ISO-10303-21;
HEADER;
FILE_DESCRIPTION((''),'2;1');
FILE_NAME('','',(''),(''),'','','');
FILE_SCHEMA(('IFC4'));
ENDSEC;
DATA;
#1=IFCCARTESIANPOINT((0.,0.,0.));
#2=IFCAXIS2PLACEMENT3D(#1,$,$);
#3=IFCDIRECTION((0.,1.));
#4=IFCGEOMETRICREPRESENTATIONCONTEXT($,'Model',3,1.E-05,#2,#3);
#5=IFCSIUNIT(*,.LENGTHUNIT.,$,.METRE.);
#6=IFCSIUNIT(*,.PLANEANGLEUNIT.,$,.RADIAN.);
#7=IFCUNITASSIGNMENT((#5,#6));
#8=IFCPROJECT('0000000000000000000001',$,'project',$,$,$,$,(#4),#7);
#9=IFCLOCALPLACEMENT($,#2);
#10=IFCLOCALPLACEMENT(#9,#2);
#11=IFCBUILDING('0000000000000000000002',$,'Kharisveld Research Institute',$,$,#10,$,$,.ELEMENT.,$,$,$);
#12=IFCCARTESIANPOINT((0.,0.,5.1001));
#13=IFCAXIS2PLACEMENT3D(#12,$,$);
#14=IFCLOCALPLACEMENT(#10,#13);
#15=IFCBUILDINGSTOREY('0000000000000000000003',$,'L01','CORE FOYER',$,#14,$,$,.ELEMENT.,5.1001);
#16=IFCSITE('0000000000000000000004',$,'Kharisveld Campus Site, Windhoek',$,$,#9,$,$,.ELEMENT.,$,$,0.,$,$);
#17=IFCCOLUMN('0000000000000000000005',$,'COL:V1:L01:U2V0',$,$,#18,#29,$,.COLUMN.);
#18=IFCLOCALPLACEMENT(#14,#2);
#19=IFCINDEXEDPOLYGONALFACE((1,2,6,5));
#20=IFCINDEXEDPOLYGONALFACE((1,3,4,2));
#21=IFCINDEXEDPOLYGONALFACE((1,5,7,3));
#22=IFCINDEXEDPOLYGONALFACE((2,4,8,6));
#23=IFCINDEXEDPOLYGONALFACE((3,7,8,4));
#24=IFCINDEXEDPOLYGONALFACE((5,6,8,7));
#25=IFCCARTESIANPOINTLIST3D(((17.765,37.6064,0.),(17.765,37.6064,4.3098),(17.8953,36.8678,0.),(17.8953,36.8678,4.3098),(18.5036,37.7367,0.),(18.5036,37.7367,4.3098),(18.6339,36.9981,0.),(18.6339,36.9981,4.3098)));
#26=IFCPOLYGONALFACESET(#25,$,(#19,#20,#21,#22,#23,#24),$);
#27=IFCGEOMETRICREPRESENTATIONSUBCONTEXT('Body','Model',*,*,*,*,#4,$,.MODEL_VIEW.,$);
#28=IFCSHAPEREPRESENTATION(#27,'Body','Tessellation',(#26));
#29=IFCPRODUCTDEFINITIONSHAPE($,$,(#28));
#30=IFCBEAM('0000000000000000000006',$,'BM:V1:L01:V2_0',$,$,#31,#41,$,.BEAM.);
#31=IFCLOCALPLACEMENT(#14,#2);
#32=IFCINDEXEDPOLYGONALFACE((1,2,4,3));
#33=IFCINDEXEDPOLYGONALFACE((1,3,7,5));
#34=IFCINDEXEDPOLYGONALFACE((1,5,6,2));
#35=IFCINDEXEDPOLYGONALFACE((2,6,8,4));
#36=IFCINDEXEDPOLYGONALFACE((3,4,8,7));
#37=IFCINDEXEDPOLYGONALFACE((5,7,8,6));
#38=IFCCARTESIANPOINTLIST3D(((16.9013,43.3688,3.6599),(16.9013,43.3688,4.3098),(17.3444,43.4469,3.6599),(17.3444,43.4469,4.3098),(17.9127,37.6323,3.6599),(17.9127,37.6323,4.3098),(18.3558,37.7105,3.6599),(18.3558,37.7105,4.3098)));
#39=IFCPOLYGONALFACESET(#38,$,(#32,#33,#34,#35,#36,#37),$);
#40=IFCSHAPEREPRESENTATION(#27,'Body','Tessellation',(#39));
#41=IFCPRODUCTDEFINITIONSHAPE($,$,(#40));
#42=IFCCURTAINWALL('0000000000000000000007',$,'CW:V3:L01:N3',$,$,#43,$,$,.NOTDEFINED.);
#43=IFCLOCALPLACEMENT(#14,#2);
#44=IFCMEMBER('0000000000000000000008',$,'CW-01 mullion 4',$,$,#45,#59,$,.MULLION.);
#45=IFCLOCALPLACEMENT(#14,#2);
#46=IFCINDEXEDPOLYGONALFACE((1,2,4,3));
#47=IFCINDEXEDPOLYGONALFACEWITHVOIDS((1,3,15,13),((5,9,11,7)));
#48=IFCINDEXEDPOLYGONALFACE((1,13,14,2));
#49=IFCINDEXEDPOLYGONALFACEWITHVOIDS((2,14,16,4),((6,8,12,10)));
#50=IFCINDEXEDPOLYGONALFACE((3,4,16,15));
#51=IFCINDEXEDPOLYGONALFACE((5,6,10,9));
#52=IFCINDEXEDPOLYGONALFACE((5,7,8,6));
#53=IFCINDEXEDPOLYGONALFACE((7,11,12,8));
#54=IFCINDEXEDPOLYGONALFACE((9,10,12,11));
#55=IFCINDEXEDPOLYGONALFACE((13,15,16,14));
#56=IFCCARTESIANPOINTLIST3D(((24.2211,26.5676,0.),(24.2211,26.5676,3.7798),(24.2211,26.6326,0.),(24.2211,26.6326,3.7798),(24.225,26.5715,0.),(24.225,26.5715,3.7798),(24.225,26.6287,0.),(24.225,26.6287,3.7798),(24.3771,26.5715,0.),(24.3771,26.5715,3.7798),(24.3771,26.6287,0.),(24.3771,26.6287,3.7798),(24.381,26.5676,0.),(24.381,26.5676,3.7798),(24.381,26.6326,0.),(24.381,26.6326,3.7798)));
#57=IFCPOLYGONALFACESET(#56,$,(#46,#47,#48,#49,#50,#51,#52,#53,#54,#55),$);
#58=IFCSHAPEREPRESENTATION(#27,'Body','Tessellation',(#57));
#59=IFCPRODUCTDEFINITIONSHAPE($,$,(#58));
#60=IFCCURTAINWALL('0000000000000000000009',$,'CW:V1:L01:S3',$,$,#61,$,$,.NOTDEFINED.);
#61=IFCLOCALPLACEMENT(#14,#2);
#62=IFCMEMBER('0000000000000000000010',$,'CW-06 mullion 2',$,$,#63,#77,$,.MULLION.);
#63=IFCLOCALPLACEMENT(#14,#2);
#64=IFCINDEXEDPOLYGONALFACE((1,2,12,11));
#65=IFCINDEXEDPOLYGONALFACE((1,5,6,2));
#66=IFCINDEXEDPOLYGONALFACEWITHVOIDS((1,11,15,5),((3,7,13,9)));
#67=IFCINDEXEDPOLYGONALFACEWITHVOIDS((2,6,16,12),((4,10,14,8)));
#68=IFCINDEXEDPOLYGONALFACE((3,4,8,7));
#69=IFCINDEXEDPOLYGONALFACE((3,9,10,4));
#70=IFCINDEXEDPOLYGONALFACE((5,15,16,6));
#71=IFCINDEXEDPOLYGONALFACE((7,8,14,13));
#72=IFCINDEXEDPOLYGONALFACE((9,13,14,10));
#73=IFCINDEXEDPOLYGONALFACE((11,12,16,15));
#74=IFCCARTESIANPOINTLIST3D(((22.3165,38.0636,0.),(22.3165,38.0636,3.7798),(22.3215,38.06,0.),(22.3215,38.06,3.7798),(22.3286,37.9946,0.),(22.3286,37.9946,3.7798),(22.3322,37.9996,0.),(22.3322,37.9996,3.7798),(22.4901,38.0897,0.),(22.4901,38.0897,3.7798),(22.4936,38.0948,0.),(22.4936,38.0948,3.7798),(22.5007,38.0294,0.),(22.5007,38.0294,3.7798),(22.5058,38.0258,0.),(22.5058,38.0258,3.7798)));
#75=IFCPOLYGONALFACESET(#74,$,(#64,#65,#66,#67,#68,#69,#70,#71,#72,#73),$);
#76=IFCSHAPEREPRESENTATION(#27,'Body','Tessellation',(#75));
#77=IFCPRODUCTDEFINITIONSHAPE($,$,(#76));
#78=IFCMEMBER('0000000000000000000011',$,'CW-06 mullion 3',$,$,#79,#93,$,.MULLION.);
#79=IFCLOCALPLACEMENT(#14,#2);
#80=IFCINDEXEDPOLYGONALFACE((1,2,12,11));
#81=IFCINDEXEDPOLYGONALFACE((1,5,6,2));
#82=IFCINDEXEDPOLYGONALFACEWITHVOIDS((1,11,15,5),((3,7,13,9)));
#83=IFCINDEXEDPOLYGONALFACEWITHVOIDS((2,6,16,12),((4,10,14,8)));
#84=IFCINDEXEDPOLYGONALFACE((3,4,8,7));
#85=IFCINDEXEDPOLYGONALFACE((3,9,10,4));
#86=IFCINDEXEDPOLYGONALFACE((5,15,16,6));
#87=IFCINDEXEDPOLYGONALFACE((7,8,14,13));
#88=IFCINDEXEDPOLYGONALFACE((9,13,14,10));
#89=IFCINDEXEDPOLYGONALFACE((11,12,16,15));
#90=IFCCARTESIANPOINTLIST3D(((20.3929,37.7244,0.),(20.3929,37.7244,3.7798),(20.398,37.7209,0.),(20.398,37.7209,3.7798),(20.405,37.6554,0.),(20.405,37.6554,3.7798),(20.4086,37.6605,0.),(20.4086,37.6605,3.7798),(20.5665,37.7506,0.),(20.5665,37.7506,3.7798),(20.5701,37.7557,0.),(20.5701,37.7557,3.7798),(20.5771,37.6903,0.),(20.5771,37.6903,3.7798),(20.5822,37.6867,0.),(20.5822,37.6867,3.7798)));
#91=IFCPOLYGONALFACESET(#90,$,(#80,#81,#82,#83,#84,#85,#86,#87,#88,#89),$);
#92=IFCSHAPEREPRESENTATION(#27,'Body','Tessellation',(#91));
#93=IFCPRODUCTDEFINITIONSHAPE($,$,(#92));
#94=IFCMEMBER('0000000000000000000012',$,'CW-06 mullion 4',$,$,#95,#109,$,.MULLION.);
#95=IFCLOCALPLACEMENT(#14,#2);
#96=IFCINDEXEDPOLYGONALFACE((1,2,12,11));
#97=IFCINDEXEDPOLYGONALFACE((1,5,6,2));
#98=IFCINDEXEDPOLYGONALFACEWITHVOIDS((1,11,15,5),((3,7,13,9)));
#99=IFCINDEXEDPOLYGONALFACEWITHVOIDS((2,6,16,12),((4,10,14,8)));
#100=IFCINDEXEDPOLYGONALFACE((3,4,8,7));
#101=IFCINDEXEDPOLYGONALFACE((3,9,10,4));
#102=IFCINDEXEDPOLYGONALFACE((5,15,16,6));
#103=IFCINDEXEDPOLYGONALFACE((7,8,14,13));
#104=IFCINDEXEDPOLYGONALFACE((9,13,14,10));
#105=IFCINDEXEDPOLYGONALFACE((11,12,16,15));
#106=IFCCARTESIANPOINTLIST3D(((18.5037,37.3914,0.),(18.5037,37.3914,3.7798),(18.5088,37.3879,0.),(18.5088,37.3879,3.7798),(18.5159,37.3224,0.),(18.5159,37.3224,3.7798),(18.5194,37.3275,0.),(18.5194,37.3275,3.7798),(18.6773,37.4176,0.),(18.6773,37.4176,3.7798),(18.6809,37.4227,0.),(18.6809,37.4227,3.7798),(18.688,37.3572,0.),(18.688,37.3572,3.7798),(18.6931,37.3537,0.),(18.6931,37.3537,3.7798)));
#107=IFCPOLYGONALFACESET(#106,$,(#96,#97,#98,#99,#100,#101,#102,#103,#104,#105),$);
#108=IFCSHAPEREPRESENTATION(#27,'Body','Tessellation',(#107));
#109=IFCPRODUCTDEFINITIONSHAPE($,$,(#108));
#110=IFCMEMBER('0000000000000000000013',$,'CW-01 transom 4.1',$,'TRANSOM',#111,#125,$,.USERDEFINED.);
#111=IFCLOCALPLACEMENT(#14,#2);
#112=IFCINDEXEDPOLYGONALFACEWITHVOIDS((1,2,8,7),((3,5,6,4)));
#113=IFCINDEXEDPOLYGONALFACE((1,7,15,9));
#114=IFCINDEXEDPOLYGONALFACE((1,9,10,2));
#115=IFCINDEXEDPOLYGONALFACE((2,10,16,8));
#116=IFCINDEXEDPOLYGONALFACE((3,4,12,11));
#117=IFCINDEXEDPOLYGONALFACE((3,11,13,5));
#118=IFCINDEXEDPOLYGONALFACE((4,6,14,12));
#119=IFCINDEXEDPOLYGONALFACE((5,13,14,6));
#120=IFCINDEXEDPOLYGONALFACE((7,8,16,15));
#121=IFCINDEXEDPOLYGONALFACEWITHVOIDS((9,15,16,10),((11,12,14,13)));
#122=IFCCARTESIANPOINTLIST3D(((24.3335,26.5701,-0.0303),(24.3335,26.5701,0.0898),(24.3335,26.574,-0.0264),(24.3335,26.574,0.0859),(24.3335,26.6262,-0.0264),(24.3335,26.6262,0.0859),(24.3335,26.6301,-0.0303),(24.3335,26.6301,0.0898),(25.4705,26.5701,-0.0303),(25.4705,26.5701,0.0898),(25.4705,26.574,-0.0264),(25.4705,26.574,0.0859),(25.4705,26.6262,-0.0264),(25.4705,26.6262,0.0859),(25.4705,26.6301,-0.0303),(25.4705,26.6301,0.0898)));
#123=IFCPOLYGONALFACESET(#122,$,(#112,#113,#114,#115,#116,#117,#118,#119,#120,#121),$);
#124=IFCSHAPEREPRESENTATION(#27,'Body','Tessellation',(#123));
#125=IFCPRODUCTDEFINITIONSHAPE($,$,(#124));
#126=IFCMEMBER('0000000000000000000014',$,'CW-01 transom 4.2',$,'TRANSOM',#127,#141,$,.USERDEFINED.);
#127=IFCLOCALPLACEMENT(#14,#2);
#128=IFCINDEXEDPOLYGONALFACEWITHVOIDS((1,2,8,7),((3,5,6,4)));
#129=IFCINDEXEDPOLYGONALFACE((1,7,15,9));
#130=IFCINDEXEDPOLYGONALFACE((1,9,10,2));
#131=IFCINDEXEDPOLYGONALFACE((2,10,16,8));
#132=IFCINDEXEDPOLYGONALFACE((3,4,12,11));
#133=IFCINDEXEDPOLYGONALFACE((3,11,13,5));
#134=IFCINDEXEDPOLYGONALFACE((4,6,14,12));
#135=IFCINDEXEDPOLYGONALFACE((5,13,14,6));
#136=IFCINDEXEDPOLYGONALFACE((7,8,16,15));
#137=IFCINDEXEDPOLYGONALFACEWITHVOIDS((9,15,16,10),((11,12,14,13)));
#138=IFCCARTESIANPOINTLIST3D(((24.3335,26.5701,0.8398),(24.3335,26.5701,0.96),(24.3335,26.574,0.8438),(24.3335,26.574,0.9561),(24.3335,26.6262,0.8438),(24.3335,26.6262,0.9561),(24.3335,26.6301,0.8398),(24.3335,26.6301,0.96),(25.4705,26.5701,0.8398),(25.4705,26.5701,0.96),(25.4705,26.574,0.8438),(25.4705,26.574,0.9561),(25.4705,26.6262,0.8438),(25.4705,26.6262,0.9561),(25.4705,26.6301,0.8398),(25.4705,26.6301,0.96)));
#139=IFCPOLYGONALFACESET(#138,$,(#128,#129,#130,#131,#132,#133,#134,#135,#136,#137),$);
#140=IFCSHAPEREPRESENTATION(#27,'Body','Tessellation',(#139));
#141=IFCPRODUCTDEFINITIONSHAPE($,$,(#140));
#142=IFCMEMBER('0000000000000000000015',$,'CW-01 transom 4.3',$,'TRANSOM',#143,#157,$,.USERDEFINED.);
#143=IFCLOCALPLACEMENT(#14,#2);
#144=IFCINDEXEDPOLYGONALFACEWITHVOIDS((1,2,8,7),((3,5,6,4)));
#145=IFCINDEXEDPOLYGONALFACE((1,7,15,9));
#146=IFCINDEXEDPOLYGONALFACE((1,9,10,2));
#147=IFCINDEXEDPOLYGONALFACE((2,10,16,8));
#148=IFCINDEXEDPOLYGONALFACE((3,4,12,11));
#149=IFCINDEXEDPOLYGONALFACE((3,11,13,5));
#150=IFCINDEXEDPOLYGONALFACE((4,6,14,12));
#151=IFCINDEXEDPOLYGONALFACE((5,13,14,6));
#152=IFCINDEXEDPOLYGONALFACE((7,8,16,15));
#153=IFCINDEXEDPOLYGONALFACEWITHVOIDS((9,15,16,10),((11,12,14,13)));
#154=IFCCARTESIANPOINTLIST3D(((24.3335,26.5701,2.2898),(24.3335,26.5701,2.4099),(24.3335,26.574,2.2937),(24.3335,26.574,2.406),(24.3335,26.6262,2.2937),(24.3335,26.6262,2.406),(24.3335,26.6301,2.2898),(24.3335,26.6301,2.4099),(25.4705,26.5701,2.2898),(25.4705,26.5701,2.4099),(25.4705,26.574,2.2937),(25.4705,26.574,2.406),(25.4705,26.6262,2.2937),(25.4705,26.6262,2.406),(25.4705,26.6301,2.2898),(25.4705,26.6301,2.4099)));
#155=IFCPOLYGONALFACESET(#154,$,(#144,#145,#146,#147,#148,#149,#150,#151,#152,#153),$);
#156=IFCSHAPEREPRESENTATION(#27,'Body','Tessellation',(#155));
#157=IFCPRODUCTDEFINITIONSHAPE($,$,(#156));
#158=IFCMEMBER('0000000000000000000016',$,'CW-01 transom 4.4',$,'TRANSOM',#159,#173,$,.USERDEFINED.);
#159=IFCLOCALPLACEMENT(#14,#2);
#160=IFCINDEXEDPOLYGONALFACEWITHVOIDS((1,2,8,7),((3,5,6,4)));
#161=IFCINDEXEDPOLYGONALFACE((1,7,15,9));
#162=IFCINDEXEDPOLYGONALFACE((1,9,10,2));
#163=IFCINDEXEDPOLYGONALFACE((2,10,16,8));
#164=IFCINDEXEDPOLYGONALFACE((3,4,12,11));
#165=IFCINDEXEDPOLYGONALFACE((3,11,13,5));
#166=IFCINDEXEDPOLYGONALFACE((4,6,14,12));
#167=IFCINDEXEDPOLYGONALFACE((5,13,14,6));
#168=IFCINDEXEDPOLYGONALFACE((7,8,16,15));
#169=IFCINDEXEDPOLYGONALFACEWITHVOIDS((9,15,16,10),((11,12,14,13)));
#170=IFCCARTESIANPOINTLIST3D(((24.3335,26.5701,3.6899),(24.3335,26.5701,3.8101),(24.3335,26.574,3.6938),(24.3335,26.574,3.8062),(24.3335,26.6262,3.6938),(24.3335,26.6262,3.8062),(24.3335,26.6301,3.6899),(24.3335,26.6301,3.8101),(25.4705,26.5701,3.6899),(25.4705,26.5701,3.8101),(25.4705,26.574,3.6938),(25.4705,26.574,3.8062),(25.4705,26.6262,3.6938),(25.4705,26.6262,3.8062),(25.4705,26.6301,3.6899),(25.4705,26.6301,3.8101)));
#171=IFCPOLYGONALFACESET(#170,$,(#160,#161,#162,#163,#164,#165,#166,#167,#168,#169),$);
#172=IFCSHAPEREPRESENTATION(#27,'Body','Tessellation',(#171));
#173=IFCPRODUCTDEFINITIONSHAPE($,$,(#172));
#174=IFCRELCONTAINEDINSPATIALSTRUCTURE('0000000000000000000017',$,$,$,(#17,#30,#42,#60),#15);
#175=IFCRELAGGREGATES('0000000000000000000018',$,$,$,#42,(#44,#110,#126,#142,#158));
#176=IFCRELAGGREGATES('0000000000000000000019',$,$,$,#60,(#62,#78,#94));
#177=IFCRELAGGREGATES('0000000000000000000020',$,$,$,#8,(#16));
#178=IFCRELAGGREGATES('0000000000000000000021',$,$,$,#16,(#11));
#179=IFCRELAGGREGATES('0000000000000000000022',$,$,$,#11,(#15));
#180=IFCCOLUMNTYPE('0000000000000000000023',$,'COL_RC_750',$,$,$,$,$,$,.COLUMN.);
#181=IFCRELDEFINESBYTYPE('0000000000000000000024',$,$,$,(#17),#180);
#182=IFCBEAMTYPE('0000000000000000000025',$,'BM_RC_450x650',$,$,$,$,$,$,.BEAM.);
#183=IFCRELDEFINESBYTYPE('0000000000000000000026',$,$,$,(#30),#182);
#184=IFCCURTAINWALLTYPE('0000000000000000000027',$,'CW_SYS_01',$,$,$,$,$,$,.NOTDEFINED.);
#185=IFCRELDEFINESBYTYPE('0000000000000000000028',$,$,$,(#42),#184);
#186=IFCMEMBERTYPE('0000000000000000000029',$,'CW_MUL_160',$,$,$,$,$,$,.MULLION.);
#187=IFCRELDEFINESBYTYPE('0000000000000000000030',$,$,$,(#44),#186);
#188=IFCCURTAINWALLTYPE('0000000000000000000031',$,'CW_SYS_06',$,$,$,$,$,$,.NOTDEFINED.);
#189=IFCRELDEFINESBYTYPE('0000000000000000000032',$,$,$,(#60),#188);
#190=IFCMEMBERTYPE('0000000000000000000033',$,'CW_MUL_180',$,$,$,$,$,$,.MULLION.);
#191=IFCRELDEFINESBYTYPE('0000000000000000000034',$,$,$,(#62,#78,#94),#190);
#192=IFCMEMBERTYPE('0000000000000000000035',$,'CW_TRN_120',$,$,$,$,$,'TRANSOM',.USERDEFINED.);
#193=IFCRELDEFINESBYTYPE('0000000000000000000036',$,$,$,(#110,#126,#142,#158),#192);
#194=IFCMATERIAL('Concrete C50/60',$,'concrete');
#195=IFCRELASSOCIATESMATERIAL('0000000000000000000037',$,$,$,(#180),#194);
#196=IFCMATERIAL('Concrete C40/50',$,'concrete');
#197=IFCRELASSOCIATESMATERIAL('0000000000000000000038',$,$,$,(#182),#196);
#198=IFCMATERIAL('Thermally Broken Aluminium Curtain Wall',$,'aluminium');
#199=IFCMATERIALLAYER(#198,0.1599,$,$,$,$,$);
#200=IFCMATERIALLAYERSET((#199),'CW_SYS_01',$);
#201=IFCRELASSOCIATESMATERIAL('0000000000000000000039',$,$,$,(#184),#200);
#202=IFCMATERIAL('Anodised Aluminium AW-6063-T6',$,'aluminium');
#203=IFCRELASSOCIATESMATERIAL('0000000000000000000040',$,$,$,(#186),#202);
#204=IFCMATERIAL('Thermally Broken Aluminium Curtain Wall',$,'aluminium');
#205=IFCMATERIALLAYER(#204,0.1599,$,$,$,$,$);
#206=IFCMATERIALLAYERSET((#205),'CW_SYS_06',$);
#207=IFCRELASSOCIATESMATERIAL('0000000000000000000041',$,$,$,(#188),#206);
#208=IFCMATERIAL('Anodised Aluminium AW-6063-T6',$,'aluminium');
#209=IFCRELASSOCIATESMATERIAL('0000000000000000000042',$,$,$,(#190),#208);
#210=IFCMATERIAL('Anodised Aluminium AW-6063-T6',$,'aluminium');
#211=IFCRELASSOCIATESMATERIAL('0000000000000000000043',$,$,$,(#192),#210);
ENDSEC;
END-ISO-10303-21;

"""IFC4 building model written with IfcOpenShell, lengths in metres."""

from ifc_helpers import new_model, si_unit, direction, frame, origin, origin_2d, place, context, subcontext, project, spatial, rectangle, hollow_rectangle, extrude, material, layer, layer_set, material_profile, profile_set, type_object, element, aggregate, save


model = new_model("IFC4")

# Units and contexts
model_context = context("Model", 3, precision=1e-05, world=origin(), true_north=direction((0.0, 1.0)))
body_context = subcontext(model_context, "Body", "Model", "MODEL_VIEW")
ifc_project = project(units=[si_unit("LENGTHUNIT", "METRE"), si_unit("PLANEANGLEUNIT", "RADIAN")], contexts=[model_context])

# Site, building, storey
site_placement = place(None, origin())
site = spatial("IfcSite", under=ifc_project, at=site_placement, Name="Kharisveld Campus Site, Windhoek", CompositionType="ELEMENT", RefElevation=0.0)
building_placement = place(site_placement, origin())
building = spatial("IfcBuilding", under=site, at=building_placement, Name="Kharisveld Research Institute", CompositionType="ELEMENT")
storey_placement = place(building_placement, frame((0.0, 0.0, 5.1001)))
storey = spatial("IfcBuildingStorey", under=building, at=storey_placement, Name="L01", Description="CORE FOYER", CompositionType="ELEMENT", Elevation=5.1001)

# Column
ifc_material_1 = material(Name="Concrete C50/60", Category="concrete")
ifc_material_profile_1 = material_profile(ifc_material_1, rectangle(XDim=0.75, YDim=0.75, at=origin_2d()))
ifc_profile_set_1 = profile_set([ifc_material_profile_1], Name="Concrete C50/60")
column_type = type_object("IfcColumnType", Name="COL_RC_750", PredefinedType="COLUMN", material=ifc_profile_set_1)
column_placement = place(storey_placement, frame((18.1995, 37.3022, 0.0), z_axis=(0.0, 0.0, 1.0), x_axis=(0.984808, 0.173648, 0.0)))
element("IfcColumn", 1, at=column_placement, inside=storey, type_object=column_type, Name="COL:V1:L01:U2V0", PredefinedType="COLUMN", context=body_context, shape_type="SweptSolid", body=[
    extrude(rectangle(XDim=0.75, YDim=0.75, at=origin_2d()), origin(), (0.0, 0.0, 1.0), 4.3098),
])

# Beam
ifc_material_2 = material(Name="Concrete C40/50", Category="concrete")
ifc_material_profile_2 = material_profile(ifc_material_2, rectangle(XDim=0.45, YDim=0.6499, at=origin_2d()))
ifc_profile_set_2 = profile_set([ifc_material_profile_2], Name="Concrete C40/50")
beam_type_1 = type_object("IfcBeamType", Name="BM_RC_450x650", PredefinedType="BEAM", material=ifc_profile_set_2)
beam_1_placement = place(storey_placement, frame((18.1343, 37.6714, 3.9849), z_axis=(-0.173642, 0.984809, 0.0), x_axis=(-0.984809, -0.173642, 0.0)))
element("IfcBeam", 2, at=beam_1_placement, inside=storey, type_object=beam_type_1, Name="BM:V1:L01:V2_0", PredefinedType="BEAM", context=body_context, shape_type="SweptSolid", body=[
    extrude(rectangle(XDim=0.45, YDim=0.6499, at=origin_2d()), origin(), (0.0, 0.0, 1.0), 5.825),
])

# Curtain wall, member
ifc_material_3 = material(Name="Thermally Broken Aluminium Curtain Wall", Category="aluminium")
ifc_layer_1 = layer(ifc_material_3, 0.1599)
ifc_layer_set_1 = layer_set([ifc_layer_1], Name="CW_SYS_01")
curtain_wall_type_1 = type_object("IfcCurtainWallType", Name="CW_SYS_01", PredefinedType="NOTDEFINED", material=ifc_layer_set_1)
curtain_wall_1_placement = place(storey_placement, origin())
curtain_wall_1 = element("IfcCurtainWall", 3, at=curtain_wall_1_placement, inside=storey, type_object=curtain_wall_type_1, Name="CW:V3:L01:N3", PredefinedType="NOTDEFINED")
ifc_material_4 = material(Name="Anodised Aluminium AW-6063-T6", Category="aluminium")
ifc_material_profile_3 = material_profile(ifc_material_4, hollow_rectangle(XDim=0.0649, YDim=0.1599, WallThickness=0.0039, at=origin_2d()))
ifc_profile_set_3 = profile_set([ifc_material_profile_3], Name="Anodised Aluminium AW-6063-T6")
member_type_1 = type_object("IfcMemberType", Name="CW_MUL_160", PredefinedType="MULLION", material=ifc_profile_set_3)
member_1_placement = place(storey_placement, frame((24.301, 26.6001, 0.0), z_axis=(0.0, 0.0, 1.0), x_axis=(0.0, 1.0, 0.0)))
member_1 = element("IfcMember", 4, at=member_1_placement, type_object=member_type_1, Name="CW-01 mullion 4", PredefinedType="MULLION", context=body_context, shape_type="SweptSolid", body=[
    extrude(hollow_rectangle(XDim=0.0649, YDim=0.1599, WallThickness=0.0039, at=origin_2d()), origin(), (0.0, 0.0, 1.0), 3.7798),
])

# Curtain wall, members
ifc_material_5 = material(Name="Thermally Broken Aluminium Curtain Wall", Category="aluminium")
ifc_layer_2 = layer(ifc_material_5, 0.1599)
ifc_layer_set_2 = layer_set([ifc_layer_2], Name="CW_SYS_06")
curtain_wall_type_2 = type_object("IfcCurtainWallType", Name="CW_SYS_06", PredefinedType="NOTDEFINED", material=ifc_layer_set_2)
curtain_wall_2_placement = place(storey_placement, origin())
curtain_wall_2 = element("IfcCurtainWall", 5, at=curtain_wall_2_placement, inside=storey, type_object=curtain_wall_type_2, Name="CW:V1:L01:S3", PredefinedType="NOTDEFINED")
ifc_material_6 = material(Name="Anodised Aluminium AW-6063-T6", Category="aluminium")
ifc_material_profile_4 = material_profile(ifc_material_6, hollow_rectangle(XDim=0.0701, YDim=0.1799, WallThickness=0.0044, at=origin_2d()))
ifc_profile_set_4 = profile_set([ifc_material_profile_4], Name="Anodised Aluminium AW-6063-T6")
member_type_2 = type_object("IfcMemberType", Name="CW_MUL_180", PredefinedType="MULLION", material=ifc_profile_set_4)
member_2_placement = place(storey_placement, frame((22.4111, 38.0447, 0.0), z_axis=(0.0, 0.0, 1.0), x_axis=(0.173648, -0.984808, 0.0)))
member_2 = element("IfcMember", 6, at=member_2_placement, type_object=member_type_2, Name="CW-06 mullion 2", PredefinedType="MULLION", context=body_context, shape_type="SweptSolid", body=[
    extrude(hollow_rectangle(XDim=0.0701, YDim=0.1799, WallThickness=0.0044, at=origin_2d()), origin(), (0.0, 0.0, 1.0), 3.7798),
])
member_3_placement = place(storey_placement, frame((20.4875, 37.7056, 0.0), z_axis=(0.0, 0.0, 1.0), x_axis=(0.173648, -0.984808, 0.0)))
member_3 = element("IfcMember", 7, at=member_3_placement, type_object=member_type_2, Name="CW-06 mullion 3", PredefinedType="MULLION", context=body_context, shape_type="SweptSolid", body=[
    extrude(hollow_rectangle(XDim=0.0701, YDim=0.1799, WallThickness=0.0044, at=origin_2d()), origin(), (0.0, 0.0, 1.0), 3.7798),
])
member_4_placement = place(storey_placement, frame((18.5984, 37.3726, 0.0), z_axis=(0.0, 0.0, 1.0), x_axis=(0.173648, -0.984808, 0.0)))
member_4 = element("IfcMember", 8, at=member_4_placement, type_object=member_type_2, Name="CW-06 mullion 4", PredefinedType="MULLION", context=body_context, shape_type="SweptSolid", body=[
    extrude(hollow_rectangle(XDim=0.0701, YDim=0.1799, WallThickness=0.0044, at=origin_2d()), origin(), (0.0, 0.0, 1.0), 3.7798),
])

# Members
ifc_material_7 = material(Name="Anodised Aluminium AW-6063-T6", Category="aluminium")
ifc_material_profile_5 = material_profile(ifc_material_7, hollow_rectangle(XDim=0.0601, YDim=0.1201, WallThickness=0.0039, at=origin_2d()))
ifc_profile_set_5 = profile_set([ifc_material_profile_5], Name="Anodised Aluminium AW-6063-T6")
member_type_3 = type_object("IfcMemberType", Name="CW_TRN_120", ElementType="TRANSOM", PredefinedType="USERDEFINED", material=ifc_profile_set_5)
member_5_placement = place(storey_placement, frame((24.3335, 26.6001, 0.0298), z_axis=(1.0, 0.0, 0.0), x_axis=(0.0, 1.0, 0.0)))
member_5 = element("IfcMember", 9, at=member_5_placement, type_object=member_type_3, Name="CW-01 transom 4.1", ObjectType="TRANSOM", PredefinedType="USERDEFINED", context=body_context, shape_type="SweptSolid", body=[
    extrude(hollow_rectangle(XDim=0.0601, YDim=0.1201, WallThickness=0.0039, at=origin_2d()), origin(), (0.0, 0.0, 1.0), 1.137),
])
member_6_placement = place(storey_placement, frame((24.3335, 26.6001, 0.8999), z_axis=(1.0, 0.0, 0.0), x_axis=(0.0, 1.0, 0.0)))
member_6 = element("IfcMember", 10, at=member_6_placement, type_object=member_type_3, Name="CW-01 transom 4.2", ObjectType="TRANSOM", PredefinedType="USERDEFINED", context=body_context, shape_type="SweptSolid", body=[
    extrude(hollow_rectangle(XDim=0.0601, YDim=0.1201, WallThickness=0.0039, at=origin_2d()), origin(), (0.0, 0.0, 1.0), 1.137),
])
member_7_placement = place(storey_placement, frame((24.3335, 26.6001, 2.3499), z_axis=(1.0, 0.0, 0.0), x_axis=(0.0, 1.0, 0.0)))
member_7 = element("IfcMember", 11, at=member_7_placement, type_object=member_type_3, Name="CW-01 transom 4.3", ObjectType="TRANSOM", PredefinedType="USERDEFINED", context=body_context, shape_type="SweptSolid", body=[
    extrude(hollow_rectangle(XDim=0.0601, YDim=0.1201, WallThickness=0.0039, at=origin_2d()), origin(), (0.0, 0.0, 1.0), 1.137),
])
member_8_placement = place(storey_placement, frame((24.3335, 26.6001, 3.75), z_axis=(1.0, 0.0, 0.0), x_axis=(0.0, 1.0, 0.0)))
member_8 = element("IfcMember", 12, at=member_8_placement, type_object=member_type_3, Name="CW-01 transom 4.4", ObjectType="TRANSOM", PredefinedType="USERDEFINED", context=body_context, shape_type="SweptSolid", body=[
    extrude(hollow_rectangle(XDim=0.0601, YDim=0.1201, WallThickness=0.0039, at=origin_2d()), origin(), (0.0, 0.0, 1.0), 1.137),
])

aggregate(curtain_wall_1, [member_1, member_5, member_6, member_7, member_8])
aggregate(curtain_wall_2, [member_2, member_3, member_4])

save(model, "model.ifc")
